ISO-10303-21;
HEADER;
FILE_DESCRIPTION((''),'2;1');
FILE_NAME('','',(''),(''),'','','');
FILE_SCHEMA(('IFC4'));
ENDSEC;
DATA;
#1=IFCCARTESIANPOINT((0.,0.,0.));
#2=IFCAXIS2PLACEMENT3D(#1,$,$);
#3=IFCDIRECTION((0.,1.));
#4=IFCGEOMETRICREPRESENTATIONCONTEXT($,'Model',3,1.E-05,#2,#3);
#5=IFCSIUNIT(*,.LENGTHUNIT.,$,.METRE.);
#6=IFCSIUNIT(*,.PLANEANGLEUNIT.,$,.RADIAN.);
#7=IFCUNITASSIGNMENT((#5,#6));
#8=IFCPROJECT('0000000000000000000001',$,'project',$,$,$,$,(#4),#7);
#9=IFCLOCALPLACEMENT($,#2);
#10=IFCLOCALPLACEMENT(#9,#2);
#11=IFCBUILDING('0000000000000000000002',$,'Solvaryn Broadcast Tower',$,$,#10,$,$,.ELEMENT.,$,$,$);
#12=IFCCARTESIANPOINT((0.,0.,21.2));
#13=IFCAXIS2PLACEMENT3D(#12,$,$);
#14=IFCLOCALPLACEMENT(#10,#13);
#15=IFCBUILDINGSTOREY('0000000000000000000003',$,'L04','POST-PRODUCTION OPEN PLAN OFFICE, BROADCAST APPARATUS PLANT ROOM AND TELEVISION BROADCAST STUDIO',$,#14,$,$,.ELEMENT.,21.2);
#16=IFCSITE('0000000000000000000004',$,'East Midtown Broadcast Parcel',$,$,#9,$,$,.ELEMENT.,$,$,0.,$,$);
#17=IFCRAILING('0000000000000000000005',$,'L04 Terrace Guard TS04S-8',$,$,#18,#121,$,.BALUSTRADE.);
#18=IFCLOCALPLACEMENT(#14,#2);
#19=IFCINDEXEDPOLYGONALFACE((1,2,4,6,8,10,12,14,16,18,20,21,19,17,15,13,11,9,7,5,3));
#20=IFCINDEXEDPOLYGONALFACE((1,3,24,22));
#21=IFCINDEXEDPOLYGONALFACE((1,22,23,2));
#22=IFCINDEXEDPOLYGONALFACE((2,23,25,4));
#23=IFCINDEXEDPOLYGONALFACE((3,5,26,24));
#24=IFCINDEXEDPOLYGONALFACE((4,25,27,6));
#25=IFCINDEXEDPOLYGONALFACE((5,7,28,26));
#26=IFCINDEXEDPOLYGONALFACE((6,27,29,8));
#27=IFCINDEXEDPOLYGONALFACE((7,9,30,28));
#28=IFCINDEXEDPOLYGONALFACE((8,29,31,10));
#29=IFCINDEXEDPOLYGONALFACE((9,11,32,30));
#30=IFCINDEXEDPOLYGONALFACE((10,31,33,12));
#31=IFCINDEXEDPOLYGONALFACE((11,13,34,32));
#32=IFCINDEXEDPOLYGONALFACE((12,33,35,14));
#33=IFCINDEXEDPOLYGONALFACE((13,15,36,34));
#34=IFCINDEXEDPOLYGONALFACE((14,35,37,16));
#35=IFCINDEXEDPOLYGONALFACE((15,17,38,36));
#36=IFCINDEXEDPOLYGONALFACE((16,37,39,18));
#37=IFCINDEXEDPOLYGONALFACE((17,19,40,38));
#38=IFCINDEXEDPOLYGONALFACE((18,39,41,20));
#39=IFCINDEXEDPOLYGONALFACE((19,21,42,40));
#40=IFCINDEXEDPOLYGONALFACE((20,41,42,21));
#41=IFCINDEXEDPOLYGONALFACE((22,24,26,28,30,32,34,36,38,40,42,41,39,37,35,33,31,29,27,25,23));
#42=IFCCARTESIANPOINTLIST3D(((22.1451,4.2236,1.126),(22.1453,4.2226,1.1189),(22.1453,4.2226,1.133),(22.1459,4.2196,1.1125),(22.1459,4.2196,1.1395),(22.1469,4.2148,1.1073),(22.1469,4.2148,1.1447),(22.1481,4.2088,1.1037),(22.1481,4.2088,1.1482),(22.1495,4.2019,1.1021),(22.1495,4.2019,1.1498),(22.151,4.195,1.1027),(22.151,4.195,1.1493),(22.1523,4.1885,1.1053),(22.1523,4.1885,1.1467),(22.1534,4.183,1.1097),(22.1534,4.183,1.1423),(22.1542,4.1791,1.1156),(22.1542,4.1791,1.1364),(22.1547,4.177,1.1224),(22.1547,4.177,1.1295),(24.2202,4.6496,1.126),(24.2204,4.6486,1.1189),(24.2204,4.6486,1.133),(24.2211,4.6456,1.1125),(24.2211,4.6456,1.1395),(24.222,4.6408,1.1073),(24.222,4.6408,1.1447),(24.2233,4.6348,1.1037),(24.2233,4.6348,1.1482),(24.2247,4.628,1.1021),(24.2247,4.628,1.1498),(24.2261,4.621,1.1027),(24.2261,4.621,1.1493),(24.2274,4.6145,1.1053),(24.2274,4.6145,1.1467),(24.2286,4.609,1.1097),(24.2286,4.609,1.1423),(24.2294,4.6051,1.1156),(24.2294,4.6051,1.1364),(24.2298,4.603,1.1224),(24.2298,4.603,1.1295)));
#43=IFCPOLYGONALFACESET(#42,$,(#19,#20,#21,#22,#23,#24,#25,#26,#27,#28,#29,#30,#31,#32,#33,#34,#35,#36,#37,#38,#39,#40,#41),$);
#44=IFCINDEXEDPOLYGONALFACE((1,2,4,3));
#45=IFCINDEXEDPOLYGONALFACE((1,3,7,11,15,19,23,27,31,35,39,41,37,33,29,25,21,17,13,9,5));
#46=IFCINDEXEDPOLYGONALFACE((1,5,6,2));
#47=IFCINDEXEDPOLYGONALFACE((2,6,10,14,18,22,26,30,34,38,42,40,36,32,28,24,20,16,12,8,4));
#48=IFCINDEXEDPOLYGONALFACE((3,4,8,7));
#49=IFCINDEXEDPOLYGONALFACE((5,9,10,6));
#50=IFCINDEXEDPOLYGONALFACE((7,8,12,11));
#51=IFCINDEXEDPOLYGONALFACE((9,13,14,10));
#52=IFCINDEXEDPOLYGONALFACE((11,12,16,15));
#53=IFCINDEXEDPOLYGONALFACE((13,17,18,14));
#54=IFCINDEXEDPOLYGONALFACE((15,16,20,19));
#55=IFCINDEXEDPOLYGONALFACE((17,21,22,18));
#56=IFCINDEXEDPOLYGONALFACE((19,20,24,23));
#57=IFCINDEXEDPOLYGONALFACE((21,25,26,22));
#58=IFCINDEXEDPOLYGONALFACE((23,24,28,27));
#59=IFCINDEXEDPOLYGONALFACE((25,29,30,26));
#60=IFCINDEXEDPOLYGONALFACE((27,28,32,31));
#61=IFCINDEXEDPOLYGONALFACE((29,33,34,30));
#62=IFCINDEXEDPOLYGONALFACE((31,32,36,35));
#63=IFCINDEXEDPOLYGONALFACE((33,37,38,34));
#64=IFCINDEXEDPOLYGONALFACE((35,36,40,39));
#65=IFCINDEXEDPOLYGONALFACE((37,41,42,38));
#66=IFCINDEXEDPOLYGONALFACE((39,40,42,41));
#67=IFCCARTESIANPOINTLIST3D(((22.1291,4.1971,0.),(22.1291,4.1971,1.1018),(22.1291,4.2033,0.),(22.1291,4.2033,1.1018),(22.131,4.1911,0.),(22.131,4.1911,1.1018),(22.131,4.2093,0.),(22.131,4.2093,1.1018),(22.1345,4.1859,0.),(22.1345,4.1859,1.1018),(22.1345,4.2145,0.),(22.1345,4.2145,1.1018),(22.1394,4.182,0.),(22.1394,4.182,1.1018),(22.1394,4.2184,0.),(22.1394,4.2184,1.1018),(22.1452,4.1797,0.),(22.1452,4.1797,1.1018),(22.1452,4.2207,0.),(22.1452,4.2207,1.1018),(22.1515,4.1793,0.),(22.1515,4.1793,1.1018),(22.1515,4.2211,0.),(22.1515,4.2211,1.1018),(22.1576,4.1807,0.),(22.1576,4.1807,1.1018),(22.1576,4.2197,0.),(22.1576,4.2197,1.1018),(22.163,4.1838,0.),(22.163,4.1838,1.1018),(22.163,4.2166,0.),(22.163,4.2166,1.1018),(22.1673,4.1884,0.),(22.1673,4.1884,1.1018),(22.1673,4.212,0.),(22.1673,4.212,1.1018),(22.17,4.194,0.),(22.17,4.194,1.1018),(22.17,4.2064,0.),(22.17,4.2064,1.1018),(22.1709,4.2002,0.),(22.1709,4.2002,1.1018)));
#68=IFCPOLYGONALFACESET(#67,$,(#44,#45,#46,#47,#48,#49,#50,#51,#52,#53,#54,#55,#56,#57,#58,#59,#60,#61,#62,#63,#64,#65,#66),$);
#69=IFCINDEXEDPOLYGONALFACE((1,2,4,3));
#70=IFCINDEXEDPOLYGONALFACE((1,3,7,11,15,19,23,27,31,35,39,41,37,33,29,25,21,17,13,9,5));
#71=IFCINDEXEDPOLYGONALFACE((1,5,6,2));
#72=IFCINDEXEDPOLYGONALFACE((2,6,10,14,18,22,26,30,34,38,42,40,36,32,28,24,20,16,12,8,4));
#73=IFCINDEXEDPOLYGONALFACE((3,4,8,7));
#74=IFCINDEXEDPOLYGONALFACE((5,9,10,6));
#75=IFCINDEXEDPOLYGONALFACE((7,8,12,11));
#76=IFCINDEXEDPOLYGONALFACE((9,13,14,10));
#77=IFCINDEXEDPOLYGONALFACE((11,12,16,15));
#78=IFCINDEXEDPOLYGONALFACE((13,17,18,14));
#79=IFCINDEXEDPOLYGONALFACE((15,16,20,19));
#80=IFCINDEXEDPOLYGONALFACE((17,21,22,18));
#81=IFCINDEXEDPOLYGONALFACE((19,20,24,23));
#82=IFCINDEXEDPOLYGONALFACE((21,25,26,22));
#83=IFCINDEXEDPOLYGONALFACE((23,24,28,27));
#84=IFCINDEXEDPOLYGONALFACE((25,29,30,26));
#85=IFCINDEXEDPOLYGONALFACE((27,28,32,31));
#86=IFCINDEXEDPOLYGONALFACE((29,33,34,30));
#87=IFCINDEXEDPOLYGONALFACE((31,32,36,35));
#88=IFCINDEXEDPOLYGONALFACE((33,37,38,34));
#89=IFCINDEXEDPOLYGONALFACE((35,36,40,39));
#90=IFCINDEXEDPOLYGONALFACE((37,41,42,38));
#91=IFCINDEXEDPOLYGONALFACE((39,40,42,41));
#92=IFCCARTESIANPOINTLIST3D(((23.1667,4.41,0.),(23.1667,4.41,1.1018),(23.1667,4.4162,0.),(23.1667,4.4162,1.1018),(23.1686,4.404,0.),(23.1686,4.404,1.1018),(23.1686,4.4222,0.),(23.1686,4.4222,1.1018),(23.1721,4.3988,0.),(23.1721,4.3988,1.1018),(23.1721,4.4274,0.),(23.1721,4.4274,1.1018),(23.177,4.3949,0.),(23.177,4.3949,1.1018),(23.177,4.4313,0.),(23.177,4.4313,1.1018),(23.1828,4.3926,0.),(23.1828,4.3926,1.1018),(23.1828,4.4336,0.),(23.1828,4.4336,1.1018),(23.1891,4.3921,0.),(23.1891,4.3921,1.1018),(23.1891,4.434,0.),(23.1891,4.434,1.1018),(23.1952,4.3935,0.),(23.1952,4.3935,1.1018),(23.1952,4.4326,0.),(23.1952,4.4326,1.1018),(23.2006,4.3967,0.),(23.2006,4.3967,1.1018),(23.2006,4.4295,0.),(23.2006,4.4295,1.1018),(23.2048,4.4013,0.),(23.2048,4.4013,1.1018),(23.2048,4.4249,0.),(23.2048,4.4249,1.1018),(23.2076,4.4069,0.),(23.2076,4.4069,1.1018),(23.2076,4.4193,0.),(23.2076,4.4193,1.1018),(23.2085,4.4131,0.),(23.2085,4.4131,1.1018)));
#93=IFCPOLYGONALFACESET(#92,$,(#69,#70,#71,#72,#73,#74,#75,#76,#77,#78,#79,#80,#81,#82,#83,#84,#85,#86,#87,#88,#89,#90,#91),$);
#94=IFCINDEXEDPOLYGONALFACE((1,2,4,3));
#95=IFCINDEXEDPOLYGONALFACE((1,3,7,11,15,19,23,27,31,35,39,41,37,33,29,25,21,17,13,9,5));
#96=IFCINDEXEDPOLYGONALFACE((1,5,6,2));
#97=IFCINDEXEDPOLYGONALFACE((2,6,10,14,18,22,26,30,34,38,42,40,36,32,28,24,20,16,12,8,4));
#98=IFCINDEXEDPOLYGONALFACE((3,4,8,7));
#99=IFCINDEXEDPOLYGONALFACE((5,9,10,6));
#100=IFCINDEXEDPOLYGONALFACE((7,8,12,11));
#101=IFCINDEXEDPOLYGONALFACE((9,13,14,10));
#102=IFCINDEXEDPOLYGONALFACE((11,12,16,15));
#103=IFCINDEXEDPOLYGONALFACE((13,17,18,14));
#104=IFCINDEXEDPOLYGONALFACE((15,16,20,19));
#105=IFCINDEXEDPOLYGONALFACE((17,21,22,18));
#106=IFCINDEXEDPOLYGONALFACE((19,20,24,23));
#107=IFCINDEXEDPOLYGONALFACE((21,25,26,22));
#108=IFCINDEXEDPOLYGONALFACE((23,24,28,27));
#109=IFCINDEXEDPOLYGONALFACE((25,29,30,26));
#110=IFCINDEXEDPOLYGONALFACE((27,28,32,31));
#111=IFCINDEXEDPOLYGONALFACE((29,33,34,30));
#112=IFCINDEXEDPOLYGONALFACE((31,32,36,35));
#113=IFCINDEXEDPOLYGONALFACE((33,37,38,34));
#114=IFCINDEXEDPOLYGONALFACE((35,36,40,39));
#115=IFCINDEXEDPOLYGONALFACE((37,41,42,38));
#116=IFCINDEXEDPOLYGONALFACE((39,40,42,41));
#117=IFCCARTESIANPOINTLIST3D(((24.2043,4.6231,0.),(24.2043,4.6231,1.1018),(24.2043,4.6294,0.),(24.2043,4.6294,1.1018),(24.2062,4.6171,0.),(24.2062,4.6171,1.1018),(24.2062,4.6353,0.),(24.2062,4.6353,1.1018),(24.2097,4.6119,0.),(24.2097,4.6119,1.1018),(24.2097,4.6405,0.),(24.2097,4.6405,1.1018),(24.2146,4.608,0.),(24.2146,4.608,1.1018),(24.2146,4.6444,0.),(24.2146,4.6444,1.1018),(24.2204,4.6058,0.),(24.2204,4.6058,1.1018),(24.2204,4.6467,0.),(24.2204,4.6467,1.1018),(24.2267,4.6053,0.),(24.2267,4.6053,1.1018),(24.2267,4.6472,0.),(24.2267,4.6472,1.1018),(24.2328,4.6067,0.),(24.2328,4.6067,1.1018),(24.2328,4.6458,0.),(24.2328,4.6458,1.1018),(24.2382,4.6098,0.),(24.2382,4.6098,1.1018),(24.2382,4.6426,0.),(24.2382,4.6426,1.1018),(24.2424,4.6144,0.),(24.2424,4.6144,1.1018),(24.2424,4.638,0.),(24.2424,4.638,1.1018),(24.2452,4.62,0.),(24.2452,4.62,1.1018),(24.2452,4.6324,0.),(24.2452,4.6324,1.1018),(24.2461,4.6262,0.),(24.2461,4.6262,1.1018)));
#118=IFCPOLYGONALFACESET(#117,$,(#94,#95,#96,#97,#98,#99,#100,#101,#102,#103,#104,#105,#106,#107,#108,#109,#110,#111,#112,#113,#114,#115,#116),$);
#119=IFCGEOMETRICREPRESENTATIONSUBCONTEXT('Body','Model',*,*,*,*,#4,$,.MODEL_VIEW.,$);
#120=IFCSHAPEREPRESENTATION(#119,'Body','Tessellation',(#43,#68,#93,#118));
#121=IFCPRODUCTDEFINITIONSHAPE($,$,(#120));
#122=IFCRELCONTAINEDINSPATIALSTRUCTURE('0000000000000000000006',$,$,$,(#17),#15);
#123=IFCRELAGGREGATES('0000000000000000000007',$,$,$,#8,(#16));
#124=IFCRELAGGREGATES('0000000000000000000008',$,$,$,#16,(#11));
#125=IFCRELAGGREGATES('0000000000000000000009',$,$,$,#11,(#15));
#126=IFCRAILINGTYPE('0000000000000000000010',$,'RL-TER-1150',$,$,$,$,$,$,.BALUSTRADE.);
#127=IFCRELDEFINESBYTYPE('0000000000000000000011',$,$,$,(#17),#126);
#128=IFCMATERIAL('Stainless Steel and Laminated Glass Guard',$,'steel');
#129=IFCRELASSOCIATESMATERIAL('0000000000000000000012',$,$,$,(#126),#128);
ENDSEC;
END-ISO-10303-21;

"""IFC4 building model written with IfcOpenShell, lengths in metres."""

from ifc_helpers import new_model, si_unit, direction, frame, origin, origin_2d, place, context, subcontext, project, spatial, circle, extrude, material, type_object, element, save


model = new_model("IFC4")

# Units and contexts
model_context = context("Model", 3, precision=1e-05, world=origin(), true_north=direction((0.0, 1.0)))
body_context = subcontext(model_context, "Body", "Model", "MODEL_VIEW")
ifc_project = project(units=[si_unit("LENGTHUNIT", "METRE"), si_unit("PLANEANGLEUNIT", "RADIAN")], contexts=[model_context])

# Site, building, storey
site_placement = place(None, origin())
site = spatial("IfcSite", under=ifc_project, at=site_placement, Name="East Midtown Broadcast Parcel", CompositionType="ELEMENT", RefElevation=0.0)
building_placement = place(site_placement, origin())
building = spatial("IfcBuilding", under=site, at=building_placement, Name="Solvaryn Broadcast Tower", CompositionType="ELEMENT")
storey_placement = place(building_placement, frame((0.0, 0.0, 21.2)))
storey = spatial("IfcBuildingStorey", under=building, at=storey_placement, Name="L04", Description="POST-PRODUCTION OPEN PLAN OFFICE, BROADCAST APPARATUS PLANT ROOM AND TELEVISION BROADCAST STUDIO", CompositionType="ELEMENT", Elevation=21.2)

# Railing
ifc_material_1 = material(Name="Stainless Steel and Laminated Glass Guard", Category="steel")
railing_type = type_object("IfcRailingType", Name="RL-TER-1150", PredefinedType="BALUSTRADE", material=ifc_material_1)
railing_1_placement = place(storey_placement, frame((22.1499, 4.2002, 0.0)))
element("IfcRailing", 1, at=railing_1_placement, inside=storey, type_object=railing_type, Name="L04 Terrace Guard TS04S-8", PredefinedType="BALUSTRADE", context=body_context, shape_type="SweptSolid", body=[
    extrude(circle(Radius=0.0239, at=origin_2d()), frame((0.0, 0.0, 1.126), z_axis=(0.979571, 0.2011, 0.0), x_axis=(-0.2011, 0.979571, 0.0)), (0.0, 0.0, 1.0), 2.1184),
    extrude(circle(Radius=0.021, at=origin_2d()), origin(), (0.0, 0.0, 1.0), 1.1018),
    extrude(circle(Radius=0.021, at=origin_2d()), frame((1.0376, 0.2129, 0.0)), (0.0, 0.0, 1.0), 1.1018),
    extrude(circle(Radius=0.021, at=origin_2d()), frame((2.0752, 0.426, 0.0)), (0.0, 0.0, 1.0), 1.1018),
])

save(model, "model.ifc")
